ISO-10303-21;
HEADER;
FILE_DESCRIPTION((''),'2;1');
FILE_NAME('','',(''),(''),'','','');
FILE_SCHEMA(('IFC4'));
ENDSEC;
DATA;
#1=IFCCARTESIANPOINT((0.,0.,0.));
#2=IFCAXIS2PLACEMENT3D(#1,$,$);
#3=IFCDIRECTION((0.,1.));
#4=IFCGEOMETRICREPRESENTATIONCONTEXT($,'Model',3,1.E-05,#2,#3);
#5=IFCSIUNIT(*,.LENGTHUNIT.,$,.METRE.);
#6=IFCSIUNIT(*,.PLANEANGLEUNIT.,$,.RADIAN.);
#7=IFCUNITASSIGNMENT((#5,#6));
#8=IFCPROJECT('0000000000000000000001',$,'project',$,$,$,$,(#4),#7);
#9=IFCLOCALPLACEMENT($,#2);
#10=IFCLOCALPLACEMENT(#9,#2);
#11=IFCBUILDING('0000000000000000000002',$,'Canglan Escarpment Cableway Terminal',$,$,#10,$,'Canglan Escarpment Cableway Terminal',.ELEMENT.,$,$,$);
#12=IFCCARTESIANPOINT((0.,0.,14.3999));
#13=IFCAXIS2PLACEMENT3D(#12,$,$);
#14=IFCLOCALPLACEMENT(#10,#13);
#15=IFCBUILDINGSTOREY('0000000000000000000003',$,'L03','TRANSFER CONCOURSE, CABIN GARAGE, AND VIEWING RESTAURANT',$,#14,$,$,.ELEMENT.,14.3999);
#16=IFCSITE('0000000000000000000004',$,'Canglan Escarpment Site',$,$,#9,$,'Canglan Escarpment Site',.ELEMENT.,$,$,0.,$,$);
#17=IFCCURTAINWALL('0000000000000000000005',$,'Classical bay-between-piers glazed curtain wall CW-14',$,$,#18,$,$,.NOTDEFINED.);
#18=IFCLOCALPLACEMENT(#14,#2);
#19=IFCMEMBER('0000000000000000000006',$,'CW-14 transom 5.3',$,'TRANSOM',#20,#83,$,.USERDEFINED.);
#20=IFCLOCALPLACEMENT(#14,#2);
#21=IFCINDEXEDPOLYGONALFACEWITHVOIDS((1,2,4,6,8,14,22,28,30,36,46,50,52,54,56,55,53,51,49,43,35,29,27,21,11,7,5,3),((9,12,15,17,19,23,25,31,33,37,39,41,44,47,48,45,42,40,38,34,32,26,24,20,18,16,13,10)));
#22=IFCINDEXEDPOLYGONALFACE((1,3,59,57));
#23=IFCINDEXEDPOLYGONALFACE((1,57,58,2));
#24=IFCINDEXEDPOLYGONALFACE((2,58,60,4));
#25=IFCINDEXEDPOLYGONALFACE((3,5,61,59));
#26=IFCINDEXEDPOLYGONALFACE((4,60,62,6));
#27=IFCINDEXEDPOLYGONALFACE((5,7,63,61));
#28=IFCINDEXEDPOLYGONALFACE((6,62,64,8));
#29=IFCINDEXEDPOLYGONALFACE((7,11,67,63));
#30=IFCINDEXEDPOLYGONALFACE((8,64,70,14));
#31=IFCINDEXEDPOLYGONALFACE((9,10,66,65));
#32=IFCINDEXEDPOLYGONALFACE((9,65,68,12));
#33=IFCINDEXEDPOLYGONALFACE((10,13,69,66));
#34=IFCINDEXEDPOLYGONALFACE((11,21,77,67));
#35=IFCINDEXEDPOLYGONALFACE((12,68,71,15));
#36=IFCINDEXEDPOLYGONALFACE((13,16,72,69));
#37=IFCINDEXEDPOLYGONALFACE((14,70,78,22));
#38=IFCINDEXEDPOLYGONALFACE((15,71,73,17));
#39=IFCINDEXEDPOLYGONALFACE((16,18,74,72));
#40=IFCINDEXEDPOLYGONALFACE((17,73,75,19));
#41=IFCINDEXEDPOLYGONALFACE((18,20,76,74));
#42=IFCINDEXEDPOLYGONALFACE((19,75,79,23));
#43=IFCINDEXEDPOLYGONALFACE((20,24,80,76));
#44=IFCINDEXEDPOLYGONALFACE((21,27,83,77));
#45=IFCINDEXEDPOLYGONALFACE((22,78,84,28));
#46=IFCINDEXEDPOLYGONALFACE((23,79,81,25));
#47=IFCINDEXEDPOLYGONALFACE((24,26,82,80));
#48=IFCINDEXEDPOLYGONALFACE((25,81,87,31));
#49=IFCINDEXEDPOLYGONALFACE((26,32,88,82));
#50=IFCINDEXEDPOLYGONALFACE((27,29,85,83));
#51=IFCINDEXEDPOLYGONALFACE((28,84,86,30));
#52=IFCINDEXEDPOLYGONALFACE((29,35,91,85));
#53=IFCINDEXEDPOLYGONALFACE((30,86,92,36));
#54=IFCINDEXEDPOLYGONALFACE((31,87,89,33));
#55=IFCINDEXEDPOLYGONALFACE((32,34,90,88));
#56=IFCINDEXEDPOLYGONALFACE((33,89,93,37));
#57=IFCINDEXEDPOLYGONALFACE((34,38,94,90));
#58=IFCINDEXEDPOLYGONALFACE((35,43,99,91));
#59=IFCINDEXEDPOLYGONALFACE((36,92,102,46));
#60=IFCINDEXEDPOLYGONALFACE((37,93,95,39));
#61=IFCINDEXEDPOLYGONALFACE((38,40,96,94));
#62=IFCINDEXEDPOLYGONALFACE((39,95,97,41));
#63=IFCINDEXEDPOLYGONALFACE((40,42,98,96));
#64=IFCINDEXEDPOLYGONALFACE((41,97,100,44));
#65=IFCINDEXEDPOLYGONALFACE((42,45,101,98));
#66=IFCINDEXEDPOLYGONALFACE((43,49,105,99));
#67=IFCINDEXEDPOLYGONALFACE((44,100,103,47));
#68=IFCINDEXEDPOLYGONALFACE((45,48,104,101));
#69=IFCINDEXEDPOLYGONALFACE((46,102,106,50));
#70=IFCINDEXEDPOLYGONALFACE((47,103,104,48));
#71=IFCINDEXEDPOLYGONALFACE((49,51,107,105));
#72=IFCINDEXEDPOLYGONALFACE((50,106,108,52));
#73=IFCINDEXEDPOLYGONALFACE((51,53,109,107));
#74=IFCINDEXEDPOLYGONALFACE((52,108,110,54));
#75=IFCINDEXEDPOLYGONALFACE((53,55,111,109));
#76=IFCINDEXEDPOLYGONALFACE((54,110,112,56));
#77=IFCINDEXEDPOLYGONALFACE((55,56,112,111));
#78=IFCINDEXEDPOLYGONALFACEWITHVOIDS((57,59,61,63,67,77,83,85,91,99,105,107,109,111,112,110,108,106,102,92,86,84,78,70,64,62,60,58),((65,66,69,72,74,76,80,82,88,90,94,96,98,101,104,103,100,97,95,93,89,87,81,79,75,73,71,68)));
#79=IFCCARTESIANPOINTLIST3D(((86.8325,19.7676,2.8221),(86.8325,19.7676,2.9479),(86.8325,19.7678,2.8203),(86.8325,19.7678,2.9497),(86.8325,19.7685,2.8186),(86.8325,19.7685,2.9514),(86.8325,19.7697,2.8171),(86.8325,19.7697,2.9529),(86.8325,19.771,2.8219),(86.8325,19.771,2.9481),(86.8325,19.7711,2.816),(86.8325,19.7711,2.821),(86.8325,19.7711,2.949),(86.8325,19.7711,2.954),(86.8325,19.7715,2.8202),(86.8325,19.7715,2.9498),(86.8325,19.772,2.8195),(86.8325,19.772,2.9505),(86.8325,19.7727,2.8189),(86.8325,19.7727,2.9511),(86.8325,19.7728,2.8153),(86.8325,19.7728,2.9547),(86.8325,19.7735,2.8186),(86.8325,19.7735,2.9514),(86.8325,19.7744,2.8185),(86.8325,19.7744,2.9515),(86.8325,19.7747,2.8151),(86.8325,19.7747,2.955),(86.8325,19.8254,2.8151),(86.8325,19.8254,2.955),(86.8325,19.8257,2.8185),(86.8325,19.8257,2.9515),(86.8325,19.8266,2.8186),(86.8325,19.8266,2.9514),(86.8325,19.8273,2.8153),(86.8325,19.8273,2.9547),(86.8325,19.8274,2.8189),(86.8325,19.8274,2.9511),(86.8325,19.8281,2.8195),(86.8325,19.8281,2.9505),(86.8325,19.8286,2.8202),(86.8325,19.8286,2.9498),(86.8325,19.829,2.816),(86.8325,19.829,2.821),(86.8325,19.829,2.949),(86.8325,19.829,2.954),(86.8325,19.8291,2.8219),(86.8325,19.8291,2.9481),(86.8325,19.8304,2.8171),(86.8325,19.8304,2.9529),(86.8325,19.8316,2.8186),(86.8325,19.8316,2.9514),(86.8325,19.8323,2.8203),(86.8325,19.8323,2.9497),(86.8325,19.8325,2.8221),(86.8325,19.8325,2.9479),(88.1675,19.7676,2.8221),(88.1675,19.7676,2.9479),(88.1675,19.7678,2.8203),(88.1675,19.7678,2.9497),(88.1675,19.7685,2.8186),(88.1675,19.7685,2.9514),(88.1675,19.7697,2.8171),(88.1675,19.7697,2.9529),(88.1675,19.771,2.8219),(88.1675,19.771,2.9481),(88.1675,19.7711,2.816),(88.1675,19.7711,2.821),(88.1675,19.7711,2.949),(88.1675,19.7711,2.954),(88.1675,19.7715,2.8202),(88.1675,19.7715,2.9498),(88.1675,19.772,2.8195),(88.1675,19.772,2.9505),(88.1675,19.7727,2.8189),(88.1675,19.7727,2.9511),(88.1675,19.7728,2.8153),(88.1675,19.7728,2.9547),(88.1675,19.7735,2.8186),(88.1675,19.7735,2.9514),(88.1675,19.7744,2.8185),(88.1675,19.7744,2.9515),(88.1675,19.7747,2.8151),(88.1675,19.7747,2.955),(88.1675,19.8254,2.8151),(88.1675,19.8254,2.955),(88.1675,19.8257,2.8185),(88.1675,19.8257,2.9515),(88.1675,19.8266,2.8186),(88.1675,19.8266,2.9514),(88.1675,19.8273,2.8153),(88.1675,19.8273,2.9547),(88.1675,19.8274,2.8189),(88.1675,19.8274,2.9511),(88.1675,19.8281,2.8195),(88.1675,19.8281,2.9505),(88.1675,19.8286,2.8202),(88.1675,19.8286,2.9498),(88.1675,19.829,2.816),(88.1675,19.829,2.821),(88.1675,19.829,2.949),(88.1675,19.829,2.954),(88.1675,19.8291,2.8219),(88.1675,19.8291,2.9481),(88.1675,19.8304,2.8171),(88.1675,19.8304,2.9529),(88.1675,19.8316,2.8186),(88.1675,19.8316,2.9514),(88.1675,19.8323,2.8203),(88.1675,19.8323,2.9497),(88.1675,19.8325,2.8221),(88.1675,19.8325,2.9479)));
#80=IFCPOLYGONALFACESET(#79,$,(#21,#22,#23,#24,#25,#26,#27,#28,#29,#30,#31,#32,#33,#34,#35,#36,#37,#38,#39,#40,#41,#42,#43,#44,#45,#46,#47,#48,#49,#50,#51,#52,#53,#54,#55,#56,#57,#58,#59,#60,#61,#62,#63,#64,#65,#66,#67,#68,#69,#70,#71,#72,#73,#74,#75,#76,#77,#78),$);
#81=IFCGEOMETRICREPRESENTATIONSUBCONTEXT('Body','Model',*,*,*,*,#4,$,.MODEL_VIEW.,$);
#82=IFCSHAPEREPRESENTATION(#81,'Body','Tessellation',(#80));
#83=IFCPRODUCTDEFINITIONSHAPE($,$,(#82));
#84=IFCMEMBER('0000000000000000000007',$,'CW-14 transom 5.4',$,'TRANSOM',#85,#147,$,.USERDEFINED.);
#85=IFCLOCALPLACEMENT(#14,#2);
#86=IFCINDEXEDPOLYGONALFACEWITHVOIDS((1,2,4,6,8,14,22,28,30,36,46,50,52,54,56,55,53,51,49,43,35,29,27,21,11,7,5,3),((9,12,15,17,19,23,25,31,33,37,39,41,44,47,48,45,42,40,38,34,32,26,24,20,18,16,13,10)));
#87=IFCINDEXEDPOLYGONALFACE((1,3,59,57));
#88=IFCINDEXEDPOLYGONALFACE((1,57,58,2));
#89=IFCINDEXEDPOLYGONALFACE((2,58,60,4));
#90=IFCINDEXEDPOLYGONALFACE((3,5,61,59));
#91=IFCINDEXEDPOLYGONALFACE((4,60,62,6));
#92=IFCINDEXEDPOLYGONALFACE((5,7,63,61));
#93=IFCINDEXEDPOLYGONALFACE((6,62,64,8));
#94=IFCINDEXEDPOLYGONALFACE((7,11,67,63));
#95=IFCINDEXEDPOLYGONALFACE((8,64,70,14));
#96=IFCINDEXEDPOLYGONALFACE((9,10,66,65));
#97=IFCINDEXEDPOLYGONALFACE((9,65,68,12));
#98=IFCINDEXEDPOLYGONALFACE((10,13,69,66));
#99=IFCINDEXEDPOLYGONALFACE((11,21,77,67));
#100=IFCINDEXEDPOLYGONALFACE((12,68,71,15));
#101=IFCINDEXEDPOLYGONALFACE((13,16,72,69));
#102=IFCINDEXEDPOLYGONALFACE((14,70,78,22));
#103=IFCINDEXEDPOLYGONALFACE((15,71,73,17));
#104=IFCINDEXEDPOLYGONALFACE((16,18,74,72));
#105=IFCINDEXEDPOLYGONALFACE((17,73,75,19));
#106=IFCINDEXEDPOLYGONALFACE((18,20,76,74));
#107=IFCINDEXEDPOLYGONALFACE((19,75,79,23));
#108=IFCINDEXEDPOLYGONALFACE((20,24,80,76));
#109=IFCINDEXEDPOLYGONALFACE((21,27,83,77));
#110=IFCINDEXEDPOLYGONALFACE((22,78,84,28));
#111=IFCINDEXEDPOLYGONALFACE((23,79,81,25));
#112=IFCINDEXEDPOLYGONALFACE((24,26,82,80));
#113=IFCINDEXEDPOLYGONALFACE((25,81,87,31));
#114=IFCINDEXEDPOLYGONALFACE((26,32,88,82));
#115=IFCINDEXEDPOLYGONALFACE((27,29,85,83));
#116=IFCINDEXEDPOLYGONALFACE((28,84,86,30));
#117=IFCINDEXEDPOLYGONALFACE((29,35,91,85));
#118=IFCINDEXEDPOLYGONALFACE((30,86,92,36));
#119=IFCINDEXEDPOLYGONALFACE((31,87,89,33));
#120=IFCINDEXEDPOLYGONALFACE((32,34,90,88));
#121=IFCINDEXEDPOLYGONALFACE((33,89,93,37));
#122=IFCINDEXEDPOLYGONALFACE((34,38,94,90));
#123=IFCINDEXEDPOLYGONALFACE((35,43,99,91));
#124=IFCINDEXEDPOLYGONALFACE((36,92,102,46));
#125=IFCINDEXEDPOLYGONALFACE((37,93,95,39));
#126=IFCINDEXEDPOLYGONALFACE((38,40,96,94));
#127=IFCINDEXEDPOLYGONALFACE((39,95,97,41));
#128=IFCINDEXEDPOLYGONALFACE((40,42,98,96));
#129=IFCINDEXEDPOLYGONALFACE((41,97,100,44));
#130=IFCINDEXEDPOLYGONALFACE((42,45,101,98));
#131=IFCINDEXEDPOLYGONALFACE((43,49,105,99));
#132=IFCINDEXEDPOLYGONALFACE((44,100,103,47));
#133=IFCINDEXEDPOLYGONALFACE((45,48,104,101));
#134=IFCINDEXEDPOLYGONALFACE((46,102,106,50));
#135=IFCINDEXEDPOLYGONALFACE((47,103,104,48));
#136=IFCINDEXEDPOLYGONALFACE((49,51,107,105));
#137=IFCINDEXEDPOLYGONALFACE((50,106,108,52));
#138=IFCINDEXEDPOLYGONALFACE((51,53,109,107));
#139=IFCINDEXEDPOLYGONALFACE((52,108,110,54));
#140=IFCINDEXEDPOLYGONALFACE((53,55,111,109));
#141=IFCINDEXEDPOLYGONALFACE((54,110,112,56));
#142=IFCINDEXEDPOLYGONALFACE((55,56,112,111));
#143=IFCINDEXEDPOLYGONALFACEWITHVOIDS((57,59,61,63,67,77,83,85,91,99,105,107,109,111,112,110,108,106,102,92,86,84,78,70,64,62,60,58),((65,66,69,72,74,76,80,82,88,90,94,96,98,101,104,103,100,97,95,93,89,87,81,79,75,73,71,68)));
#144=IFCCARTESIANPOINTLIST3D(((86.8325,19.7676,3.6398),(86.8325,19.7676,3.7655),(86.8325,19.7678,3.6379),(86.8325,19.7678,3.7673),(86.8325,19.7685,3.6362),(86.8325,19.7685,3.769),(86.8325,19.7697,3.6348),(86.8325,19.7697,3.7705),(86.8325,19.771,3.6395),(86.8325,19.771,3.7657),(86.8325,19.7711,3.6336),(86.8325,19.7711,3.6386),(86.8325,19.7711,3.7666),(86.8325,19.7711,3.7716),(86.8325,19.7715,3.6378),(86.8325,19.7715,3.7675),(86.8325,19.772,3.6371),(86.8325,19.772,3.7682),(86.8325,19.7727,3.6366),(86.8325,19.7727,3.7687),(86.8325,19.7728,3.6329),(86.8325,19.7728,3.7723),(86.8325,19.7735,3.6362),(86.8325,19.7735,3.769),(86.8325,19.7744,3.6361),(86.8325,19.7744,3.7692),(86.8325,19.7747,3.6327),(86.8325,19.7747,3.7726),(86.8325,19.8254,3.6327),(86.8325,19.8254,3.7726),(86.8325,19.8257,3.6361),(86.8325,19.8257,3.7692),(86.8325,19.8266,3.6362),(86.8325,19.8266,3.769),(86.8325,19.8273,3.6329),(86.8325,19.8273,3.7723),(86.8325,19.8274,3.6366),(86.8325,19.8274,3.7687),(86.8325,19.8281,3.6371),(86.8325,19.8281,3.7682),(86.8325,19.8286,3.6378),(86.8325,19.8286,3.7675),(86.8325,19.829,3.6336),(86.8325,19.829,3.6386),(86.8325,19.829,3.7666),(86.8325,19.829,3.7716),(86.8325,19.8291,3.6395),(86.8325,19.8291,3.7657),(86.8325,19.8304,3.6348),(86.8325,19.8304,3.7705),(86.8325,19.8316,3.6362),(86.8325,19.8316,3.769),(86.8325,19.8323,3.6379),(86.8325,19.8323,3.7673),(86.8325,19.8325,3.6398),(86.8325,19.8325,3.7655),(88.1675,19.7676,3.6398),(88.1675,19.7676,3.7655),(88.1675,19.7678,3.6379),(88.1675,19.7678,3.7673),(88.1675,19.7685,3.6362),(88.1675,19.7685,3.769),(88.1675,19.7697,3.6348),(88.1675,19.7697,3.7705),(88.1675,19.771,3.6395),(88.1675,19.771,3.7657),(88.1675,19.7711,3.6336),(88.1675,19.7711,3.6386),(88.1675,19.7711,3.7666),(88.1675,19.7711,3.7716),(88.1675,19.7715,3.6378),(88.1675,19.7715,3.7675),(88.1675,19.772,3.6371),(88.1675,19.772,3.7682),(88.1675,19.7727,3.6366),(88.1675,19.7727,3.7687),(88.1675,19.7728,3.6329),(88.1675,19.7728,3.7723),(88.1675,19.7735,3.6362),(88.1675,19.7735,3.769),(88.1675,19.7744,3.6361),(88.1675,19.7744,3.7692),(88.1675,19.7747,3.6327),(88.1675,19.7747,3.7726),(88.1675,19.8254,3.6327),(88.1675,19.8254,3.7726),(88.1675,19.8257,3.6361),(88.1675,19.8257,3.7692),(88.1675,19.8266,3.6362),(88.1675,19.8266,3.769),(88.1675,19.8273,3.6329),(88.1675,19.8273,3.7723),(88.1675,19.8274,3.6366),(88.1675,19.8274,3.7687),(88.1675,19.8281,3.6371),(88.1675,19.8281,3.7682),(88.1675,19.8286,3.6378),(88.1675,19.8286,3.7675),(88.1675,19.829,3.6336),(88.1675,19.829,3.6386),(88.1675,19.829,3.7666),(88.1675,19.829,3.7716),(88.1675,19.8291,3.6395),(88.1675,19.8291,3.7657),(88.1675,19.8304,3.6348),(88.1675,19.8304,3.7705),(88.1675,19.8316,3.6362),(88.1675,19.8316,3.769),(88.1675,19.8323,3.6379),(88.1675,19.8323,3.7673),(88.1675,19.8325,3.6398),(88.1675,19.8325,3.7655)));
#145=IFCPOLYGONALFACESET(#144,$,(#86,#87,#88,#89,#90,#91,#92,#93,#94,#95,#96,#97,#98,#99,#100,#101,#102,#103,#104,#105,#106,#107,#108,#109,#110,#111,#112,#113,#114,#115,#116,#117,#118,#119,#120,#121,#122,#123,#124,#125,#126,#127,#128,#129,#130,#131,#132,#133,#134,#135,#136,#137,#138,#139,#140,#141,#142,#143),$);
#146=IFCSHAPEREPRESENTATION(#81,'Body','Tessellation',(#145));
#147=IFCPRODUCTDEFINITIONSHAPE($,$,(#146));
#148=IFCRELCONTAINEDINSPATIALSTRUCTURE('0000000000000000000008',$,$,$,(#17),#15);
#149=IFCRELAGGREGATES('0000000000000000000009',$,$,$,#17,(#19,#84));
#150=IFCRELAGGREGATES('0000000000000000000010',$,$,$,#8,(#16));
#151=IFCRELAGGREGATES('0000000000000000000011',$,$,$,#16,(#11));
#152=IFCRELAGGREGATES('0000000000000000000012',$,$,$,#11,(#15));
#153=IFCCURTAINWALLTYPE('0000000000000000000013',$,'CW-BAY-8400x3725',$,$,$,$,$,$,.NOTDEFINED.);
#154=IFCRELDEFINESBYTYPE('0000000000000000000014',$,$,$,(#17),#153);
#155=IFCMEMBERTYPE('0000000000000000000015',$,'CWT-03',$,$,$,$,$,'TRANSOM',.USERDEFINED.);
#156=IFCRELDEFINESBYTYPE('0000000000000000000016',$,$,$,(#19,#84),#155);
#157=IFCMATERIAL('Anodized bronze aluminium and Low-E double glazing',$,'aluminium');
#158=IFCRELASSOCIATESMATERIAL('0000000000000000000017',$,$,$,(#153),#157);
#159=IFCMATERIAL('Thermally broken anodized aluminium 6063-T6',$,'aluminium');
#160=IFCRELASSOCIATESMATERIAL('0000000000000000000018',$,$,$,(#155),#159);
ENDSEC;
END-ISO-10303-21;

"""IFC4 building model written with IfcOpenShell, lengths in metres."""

from ifc_helpers import new_model, si_unit, direction, frame, origin, origin_2d, place, context, subcontext, project, spatial, hollow_rectangle, extrude, material, material_profile, profile_set, type_object, element, aggregate, save


model = new_model("IFC4")

# Units and contexts
model_context = context("Model", 3, precision=1e-05, world=origin(), true_north=direction((0.0, 1.0)))
body_context = subcontext(model_context, "Body", "Model", "MODEL_VIEW")
ifc_project = project(units=[si_unit("LENGTHUNIT", "METRE"), si_unit("PLANEANGLEUNIT", "RADIAN")], contexts=[model_context])

# Site, building, storey
site_placement = place(None, origin())
site = spatial("IfcSite", under=ifc_project, at=site_placement, Name="Canglan Escarpment Site", LongName="Canglan Escarpment Site", CompositionType="ELEMENT", RefElevation=0.0)
building_placement = place(site_placement, origin())
building = spatial("IfcBuilding", under=site, at=building_placement, Name="Canglan Escarpment Cableway Terminal", LongName="Canglan Escarpment Cableway Terminal", CompositionType="ELEMENT")
storey_placement = place(building_placement, frame((0.0, 0.0, 14.3999)))
storey = spatial("IfcBuildingStorey", under=building, at=storey_placement, Name="L03", Description="TRANSFER CONCOURSE, CABIN GARAGE, AND VIEWING RESTAURANT", CompositionType="ELEMENT", Elevation=14.3999)

# Curtain wall, members
ifc_material_1 = material(Name="Anodized bronze aluminium and Low-E double glazing", Category="aluminium")
curtain_wall_type = type_object("IfcCurtainWallType", Name="CW-BAY-8400x3725", PredefinedType="NOTDEFINED", material=ifc_material_1)
curtain_wall_placement = place(storey_placement, origin())
curtain_wall = element("IfcCurtainWall", 1, at=curtain_wall_placement, inside=storey, type_object=curtain_wall_type, Name="Classical bay-between-piers glazed curtain wall CW-14", PredefinedType="NOTDEFINED")
ifc_material_2 = material(Name="Thermally broken anodized aluminium 6063-T6", Category="aluminium")
ifc_material_profile_1 = material_profile(ifc_material_2, hollow_rectangle(XDim=0.0649, YDim=0.1399, WallThickness=0.0034, InnerFilletRadius=0.0034, OuterFilletRadius=0.0071, at=origin_2d()), Name="ALU-TRAN 65x140x3.5")
ifc_profile_set_1 = profile_set([ifc_material_profile_1], Name="Thermally broken anodized aluminium 6063-T6")
member_type_1 = type_object("IfcMemberType", Name="CWT-03", ElementType="TRANSOM", PredefinedType="USERDEFINED", material=ifc_profile_set_1)
member_1_placement = place(storey_placement, frame((88.1675, 19.8, 2.885), z_axis=(-1.0, 0.0, 0.0), x_axis=(0.0, -1.0, 0.0)))
member_1 = element("IfcMember", 2, at=member_1_placement, type_object=member_type_1, Name="CW-14 transom 5.3", ObjectType="TRANSOM", PredefinedType="USERDEFINED", context=body_context, shape_type="SweptSolid", body=[
    extrude(hollow_rectangle(XDim=0.0649, YDim=0.1399, WallThickness=0.0034, InnerFilletRadius=0.0034, OuterFilletRadius=0.0071, at=origin_2d()), origin(), (0.0, 0.0, 1.0), 1.335),
])
member_2_placement = place(storey_placement, frame((88.1675, 19.8, 3.7026), z_axis=(-1.0, 0.0, 0.0), x_axis=(0.0, -1.0, 0.0)))
member_2 = element("IfcMember", 3, at=member_2_placement, type_object=member_type_1, Name="CW-14 transom 5.4", ObjectType="TRANSOM", PredefinedType="USERDEFINED", context=body_context, shape_type="SweptSolid", body=[
    extrude(hollow_rectangle(XDim=0.0649, YDim=0.1399, WallThickness=0.0034, InnerFilletRadius=0.0034, OuterFilletRadius=0.0071, at=origin_2d()), origin(), (0.0, 0.0, 1.0), 1.335),
])

aggregate(curtain_wall, [member_1, member_2])

save(model, "model.ifc")
